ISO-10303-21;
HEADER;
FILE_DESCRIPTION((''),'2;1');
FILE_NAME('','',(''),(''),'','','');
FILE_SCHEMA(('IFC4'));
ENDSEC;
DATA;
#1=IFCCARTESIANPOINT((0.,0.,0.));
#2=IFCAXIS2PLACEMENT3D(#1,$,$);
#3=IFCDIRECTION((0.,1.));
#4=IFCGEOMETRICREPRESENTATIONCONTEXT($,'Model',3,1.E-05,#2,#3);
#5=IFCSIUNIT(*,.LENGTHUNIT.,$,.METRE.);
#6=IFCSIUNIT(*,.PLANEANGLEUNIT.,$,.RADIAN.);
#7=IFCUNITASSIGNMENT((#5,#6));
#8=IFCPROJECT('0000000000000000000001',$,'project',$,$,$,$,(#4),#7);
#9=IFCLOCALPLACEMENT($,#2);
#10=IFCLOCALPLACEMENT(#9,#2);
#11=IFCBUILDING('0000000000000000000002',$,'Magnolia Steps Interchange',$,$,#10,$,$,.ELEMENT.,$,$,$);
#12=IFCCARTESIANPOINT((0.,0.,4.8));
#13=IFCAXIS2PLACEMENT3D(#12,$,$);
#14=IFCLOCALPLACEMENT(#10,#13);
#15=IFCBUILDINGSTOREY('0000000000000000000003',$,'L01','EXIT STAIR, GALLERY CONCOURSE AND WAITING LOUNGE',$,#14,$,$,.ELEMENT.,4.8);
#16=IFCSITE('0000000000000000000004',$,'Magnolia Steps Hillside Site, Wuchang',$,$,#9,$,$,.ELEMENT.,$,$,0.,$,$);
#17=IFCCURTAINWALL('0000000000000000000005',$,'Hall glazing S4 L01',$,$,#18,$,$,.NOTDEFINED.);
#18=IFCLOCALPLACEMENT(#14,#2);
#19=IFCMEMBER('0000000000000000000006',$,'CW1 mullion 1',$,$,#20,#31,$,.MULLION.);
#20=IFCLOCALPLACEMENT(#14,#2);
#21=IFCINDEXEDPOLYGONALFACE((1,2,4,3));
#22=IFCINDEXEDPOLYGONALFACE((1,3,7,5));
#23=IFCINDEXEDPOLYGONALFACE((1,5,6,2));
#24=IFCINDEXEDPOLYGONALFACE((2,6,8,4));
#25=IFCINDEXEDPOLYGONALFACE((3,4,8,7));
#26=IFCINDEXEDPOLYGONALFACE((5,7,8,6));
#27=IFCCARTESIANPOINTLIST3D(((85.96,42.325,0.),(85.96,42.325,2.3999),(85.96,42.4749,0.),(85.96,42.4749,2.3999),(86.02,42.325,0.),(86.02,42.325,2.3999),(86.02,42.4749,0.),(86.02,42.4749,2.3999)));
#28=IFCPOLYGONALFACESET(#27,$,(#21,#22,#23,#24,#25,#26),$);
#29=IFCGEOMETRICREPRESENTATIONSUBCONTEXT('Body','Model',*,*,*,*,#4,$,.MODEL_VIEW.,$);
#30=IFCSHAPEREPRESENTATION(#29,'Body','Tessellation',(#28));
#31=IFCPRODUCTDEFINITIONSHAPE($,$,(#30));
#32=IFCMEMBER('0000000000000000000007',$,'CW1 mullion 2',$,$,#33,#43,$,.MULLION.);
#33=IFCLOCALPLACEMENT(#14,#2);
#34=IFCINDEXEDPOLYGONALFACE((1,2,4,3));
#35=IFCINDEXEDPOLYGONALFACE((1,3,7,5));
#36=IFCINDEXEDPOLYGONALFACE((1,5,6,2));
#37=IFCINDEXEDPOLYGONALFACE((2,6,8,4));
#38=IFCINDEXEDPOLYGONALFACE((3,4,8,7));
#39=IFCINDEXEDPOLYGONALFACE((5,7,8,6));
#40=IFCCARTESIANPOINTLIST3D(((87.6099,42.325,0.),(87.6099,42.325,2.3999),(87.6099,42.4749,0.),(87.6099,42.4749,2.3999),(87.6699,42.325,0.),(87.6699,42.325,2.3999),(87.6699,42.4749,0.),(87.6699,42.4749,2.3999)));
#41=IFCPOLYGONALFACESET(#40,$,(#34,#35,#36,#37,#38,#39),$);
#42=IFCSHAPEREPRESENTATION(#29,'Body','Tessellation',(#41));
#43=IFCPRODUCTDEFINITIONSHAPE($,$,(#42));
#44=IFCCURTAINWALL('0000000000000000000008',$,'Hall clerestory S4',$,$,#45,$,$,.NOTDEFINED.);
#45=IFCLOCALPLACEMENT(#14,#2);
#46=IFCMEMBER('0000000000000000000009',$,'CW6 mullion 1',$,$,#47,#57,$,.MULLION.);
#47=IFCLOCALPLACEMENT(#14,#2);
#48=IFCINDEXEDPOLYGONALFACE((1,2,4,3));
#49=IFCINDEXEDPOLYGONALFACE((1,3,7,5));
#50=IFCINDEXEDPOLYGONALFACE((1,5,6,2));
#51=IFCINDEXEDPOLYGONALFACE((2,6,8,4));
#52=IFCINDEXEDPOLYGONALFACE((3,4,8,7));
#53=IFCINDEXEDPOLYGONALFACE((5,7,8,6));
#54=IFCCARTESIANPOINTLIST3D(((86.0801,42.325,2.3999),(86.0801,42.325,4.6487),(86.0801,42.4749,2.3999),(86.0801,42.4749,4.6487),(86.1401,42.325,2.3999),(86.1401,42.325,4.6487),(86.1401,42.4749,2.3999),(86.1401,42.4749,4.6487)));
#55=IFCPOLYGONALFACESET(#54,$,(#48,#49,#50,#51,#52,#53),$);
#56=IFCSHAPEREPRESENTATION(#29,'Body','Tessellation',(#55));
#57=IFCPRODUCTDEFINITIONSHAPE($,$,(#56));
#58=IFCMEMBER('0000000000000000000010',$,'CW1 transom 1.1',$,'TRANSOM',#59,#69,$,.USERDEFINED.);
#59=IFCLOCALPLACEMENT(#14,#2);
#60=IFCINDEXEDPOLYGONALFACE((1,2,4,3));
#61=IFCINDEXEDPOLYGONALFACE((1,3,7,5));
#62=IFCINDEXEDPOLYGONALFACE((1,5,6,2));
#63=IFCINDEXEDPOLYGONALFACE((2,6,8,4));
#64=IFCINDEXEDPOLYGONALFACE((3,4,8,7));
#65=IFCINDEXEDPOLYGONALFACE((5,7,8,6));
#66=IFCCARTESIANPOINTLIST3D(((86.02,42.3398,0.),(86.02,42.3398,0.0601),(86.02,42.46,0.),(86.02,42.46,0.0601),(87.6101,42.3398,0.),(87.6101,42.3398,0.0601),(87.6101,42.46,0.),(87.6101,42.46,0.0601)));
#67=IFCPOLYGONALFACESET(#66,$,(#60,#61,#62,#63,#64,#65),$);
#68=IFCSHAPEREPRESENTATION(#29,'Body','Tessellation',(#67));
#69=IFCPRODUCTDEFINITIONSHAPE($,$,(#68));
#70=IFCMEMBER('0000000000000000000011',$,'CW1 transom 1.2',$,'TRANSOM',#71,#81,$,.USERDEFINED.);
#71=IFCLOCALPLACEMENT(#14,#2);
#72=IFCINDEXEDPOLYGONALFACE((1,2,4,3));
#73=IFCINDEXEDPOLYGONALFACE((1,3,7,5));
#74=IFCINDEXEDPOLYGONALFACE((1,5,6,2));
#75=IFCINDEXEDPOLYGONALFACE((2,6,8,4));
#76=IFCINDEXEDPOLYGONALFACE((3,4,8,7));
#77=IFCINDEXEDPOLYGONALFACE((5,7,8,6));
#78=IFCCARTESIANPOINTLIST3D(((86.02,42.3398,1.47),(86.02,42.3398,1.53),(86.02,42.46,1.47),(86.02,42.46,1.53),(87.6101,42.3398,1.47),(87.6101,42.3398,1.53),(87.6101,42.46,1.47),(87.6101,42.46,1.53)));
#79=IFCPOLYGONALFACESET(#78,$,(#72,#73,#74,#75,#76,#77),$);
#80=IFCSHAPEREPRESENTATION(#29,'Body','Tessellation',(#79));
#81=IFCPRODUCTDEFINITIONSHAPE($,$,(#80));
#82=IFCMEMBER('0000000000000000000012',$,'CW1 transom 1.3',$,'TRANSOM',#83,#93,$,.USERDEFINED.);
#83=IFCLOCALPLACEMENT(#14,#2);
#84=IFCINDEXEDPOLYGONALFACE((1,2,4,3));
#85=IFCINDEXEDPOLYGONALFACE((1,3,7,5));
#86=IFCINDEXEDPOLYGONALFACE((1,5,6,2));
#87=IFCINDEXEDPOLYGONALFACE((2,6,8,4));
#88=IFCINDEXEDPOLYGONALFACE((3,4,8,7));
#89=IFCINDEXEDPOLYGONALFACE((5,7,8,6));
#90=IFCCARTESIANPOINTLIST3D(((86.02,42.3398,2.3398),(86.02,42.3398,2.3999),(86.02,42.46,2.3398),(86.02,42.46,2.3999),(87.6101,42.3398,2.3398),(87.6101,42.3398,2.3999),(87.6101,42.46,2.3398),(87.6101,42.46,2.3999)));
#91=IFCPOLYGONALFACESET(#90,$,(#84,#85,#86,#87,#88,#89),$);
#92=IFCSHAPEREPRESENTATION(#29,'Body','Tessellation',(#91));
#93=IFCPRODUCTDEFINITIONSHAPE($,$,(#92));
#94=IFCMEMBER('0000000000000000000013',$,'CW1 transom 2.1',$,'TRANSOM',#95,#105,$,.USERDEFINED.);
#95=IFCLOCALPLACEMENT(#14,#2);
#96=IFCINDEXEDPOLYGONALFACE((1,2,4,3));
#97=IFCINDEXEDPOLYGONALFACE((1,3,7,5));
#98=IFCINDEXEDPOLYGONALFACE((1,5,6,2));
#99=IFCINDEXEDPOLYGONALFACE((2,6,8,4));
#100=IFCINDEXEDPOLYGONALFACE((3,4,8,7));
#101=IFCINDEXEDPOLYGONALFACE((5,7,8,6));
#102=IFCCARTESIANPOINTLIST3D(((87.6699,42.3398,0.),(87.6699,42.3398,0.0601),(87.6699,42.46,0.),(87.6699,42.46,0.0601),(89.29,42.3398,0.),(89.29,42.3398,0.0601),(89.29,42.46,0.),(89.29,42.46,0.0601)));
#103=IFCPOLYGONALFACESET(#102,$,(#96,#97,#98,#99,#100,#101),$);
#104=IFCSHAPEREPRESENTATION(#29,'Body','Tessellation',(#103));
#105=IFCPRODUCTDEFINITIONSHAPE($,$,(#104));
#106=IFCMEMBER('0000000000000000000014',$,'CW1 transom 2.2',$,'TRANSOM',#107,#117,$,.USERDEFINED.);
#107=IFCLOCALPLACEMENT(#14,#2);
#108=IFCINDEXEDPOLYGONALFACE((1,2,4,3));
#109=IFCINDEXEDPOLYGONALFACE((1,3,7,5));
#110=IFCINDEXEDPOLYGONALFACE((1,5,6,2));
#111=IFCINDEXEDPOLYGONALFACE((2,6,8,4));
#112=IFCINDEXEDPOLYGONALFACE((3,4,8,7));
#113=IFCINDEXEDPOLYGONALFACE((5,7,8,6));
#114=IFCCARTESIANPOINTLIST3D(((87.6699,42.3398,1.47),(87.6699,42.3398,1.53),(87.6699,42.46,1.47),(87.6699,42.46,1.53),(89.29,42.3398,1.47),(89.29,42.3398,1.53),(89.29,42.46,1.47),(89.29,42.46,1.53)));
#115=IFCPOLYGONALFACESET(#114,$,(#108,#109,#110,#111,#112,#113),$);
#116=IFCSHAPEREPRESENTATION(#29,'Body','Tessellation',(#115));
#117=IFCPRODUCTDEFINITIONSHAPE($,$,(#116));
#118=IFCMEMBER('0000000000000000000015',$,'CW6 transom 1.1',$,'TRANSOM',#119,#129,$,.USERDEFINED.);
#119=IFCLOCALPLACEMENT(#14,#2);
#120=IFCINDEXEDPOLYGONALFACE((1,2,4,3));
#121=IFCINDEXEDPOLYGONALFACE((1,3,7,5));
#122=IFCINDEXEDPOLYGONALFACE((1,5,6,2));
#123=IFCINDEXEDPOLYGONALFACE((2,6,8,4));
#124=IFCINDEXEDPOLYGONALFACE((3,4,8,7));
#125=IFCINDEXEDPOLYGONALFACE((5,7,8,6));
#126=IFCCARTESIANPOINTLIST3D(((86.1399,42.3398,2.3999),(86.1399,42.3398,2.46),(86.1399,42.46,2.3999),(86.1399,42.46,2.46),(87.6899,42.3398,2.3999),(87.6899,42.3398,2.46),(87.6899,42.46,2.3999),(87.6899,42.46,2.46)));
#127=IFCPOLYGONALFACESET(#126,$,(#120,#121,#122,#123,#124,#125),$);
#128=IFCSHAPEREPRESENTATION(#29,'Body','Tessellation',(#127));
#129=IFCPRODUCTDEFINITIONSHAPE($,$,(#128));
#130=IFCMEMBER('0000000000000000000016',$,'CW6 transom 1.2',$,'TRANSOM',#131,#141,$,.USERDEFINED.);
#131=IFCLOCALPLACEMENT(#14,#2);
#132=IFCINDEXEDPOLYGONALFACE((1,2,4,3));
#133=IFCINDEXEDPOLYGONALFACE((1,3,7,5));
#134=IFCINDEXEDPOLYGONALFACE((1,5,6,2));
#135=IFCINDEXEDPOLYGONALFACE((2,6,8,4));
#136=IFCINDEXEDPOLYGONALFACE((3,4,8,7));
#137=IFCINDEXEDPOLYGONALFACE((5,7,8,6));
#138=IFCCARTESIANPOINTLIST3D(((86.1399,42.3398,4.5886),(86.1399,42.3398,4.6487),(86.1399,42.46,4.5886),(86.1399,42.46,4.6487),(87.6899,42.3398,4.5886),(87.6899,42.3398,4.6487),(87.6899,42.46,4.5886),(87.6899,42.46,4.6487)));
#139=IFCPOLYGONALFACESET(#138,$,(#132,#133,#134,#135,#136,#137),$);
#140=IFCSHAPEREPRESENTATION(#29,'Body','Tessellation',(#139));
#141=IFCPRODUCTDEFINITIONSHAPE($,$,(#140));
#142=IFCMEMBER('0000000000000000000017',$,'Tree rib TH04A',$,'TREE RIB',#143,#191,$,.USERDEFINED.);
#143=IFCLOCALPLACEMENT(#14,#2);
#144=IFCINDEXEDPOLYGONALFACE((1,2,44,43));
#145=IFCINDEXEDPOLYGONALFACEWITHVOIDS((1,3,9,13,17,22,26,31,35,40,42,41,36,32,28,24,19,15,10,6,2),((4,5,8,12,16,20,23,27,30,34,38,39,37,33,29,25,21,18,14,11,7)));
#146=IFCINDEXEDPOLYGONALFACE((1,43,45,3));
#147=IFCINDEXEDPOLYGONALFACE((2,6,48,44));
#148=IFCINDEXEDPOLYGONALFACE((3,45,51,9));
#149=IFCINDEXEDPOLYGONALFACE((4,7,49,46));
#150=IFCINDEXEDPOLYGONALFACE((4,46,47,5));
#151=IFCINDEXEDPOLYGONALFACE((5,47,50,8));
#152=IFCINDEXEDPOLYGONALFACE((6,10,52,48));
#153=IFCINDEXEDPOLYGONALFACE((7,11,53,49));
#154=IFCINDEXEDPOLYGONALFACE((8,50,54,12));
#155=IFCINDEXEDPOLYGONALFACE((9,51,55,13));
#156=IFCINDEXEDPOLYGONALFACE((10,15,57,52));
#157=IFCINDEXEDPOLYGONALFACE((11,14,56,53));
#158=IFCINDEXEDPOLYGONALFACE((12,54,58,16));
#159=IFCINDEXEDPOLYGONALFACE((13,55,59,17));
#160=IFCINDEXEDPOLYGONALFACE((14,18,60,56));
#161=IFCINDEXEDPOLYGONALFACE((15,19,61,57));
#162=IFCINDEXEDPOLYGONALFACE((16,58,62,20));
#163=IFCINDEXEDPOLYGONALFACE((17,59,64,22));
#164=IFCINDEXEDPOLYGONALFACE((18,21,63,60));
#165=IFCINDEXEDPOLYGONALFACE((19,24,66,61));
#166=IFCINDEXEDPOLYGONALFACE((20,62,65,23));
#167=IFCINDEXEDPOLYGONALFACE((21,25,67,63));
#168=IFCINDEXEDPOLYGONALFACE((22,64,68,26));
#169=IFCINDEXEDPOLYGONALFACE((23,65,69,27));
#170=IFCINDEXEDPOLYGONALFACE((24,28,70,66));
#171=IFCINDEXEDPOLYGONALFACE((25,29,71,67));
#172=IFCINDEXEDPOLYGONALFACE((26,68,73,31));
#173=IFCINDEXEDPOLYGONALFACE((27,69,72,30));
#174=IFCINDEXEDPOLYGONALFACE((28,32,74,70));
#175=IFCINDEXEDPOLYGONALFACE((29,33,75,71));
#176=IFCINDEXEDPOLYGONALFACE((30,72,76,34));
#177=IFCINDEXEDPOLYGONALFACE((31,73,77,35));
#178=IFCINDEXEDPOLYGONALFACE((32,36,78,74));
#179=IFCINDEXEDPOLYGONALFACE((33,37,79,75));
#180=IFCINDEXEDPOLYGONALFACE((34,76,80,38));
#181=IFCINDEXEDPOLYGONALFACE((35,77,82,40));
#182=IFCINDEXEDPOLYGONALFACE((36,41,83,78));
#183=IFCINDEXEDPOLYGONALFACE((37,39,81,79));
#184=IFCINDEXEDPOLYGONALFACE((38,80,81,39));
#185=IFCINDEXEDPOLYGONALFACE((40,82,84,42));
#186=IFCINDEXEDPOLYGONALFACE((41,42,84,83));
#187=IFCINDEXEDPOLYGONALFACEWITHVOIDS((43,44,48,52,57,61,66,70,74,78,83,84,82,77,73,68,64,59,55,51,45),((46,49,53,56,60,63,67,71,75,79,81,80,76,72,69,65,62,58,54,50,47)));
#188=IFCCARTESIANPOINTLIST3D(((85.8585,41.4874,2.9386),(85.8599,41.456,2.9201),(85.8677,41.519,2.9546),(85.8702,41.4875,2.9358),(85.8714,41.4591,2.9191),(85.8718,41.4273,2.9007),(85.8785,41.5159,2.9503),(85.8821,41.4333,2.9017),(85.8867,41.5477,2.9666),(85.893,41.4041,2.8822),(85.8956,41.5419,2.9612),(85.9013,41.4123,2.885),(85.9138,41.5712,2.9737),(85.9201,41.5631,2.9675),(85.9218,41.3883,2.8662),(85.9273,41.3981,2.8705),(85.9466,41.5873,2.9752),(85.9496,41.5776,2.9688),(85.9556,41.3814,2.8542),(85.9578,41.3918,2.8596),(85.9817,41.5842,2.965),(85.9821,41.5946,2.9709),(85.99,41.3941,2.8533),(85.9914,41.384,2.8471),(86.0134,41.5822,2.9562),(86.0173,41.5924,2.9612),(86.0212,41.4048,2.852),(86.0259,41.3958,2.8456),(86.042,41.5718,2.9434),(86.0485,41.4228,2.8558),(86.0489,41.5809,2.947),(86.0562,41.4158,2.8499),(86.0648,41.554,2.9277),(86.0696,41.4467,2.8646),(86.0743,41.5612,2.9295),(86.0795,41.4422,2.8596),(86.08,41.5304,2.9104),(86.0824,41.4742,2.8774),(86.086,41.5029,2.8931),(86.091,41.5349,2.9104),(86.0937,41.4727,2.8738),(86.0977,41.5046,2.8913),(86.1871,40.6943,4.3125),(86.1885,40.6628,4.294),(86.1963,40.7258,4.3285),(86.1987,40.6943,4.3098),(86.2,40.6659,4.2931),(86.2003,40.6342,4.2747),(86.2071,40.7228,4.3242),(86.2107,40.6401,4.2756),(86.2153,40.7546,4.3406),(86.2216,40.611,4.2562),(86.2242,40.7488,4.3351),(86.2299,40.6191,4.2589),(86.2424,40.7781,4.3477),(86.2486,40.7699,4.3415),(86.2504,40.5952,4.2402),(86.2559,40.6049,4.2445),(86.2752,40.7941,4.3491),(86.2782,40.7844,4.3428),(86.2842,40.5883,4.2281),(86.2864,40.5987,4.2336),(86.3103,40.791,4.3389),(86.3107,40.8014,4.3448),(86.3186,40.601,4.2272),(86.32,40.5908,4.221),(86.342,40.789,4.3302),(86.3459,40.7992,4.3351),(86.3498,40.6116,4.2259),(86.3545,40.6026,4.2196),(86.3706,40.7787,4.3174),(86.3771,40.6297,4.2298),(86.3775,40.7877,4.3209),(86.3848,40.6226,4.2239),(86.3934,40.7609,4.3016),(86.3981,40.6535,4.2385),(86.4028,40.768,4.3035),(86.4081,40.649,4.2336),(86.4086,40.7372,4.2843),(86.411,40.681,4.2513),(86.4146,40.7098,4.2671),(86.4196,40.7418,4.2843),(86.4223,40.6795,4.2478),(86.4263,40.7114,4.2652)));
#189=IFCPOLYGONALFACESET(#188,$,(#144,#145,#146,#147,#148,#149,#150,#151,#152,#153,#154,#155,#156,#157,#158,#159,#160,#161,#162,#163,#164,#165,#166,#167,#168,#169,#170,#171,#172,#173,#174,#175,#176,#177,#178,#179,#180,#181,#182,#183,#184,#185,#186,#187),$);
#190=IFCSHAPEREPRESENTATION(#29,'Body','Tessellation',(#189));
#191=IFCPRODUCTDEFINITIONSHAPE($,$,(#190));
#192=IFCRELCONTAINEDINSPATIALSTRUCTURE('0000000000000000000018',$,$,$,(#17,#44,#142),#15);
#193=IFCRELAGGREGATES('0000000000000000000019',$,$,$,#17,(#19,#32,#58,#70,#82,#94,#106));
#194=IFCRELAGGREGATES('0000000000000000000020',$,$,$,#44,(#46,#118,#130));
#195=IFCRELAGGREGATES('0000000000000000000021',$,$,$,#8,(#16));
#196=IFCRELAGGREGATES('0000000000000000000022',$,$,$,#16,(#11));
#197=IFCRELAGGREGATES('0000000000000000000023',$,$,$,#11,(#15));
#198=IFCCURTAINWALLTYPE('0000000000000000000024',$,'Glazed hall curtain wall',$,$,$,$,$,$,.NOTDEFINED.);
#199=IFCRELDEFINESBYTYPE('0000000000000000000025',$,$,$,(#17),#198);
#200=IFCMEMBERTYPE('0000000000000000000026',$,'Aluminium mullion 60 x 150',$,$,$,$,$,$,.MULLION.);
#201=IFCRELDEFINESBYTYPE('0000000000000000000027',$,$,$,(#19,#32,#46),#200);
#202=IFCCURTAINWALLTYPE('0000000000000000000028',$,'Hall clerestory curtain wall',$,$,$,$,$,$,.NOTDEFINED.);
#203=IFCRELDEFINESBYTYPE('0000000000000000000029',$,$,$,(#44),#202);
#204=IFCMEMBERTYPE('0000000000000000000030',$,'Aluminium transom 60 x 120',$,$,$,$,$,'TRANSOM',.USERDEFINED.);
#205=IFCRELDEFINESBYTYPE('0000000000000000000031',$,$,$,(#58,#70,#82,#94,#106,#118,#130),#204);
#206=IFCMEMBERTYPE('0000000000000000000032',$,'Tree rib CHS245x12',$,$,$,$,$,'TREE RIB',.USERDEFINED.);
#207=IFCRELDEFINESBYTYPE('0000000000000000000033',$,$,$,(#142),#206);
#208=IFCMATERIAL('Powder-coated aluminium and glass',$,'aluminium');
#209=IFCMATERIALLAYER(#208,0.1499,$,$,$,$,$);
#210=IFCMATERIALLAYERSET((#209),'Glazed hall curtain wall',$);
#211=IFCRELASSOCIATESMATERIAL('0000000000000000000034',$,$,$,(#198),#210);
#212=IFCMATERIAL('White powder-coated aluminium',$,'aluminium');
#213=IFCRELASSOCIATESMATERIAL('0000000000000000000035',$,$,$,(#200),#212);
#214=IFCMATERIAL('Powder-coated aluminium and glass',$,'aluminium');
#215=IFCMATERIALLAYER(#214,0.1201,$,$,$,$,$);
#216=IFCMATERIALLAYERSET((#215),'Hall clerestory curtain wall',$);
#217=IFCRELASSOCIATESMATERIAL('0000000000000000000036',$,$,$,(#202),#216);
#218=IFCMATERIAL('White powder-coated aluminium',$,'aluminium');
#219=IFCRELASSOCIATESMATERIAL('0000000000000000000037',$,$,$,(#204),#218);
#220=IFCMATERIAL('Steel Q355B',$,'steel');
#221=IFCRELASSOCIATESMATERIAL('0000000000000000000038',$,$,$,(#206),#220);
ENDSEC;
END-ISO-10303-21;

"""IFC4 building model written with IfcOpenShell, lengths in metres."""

from ifc_helpers import new_model, si_unit, direction, frame, origin, origin_2d, place, context, subcontext, project, spatial, rectangle, hollow_circle, extrude, material, layer, layer_set, material_profile, profile_set, type_object, element, aggregate, save


model = new_model("IFC4")

# Units and contexts
model_context = context("Model", 3, precision=1e-05, world=origin(), true_north=direction((0.0, 1.0)))
body_context = subcontext(model_context, "Body", "Model", "MODEL_VIEW")
ifc_project = project(units=[si_unit("LENGTHUNIT", "METRE"), si_unit("PLANEANGLEUNIT", "RADIAN")], contexts=[model_context])

# Site, building, storey
site_placement = place(None, origin())
site = spatial("IfcSite", under=ifc_project, at=site_placement, Name="Magnolia Steps Hillside Site, Wuchang", CompositionType="ELEMENT", RefElevation=0.0)
building_placement = place(site_placement, origin())
building = spatial("IfcBuilding", under=site, at=building_placement, Name="Magnolia Steps Interchange", CompositionType="ELEMENT")
storey_placement = place(building_placement, frame((0.0, 0.0, 4.8)))
storey = spatial("IfcBuildingStorey", under=building, at=storey_placement, Name="L01", Description="EXIT STAIR, GALLERY CONCOURSE AND WAITING LOUNGE", CompositionType="ELEMENT", Elevation=4.8)

# Curtain wall, members
ifc_material_1 = material(Name="Powder-coated aluminium and glass", Category="aluminium")
ifc_layer_1 = layer(ifc_material_1, 0.1499)
ifc_layer_set_1 = layer_set([ifc_layer_1], Name="Glazed hall curtain wall")
curtain_wall_type_1 = type_object("IfcCurtainWallType", Name="Glazed hall curtain wall", PredefinedType="NOTDEFINED", material=ifc_layer_set_1)
curtain_wall_1_placement = place(storey_placement, origin())
curtain_wall_1 = element("IfcCurtainWall", 1, at=curtain_wall_1_placement, inside=storey, type_object=curtain_wall_type_1, Name="Hall glazing S4 L01", PredefinedType="NOTDEFINED")
ifc_material_2 = material(Name="White powder-coated aluminium", Category="aluminium")
ifc_material_profile_1 = material_profile(ifc_material_2, rectangle(XDim=0.0601, YDim=0.1499, at=origin_2d()), Name="Aluminium mullion 60 x 150")
ifc_profile_set_1 = profile_set([ifc_material_profile_1], Name="White powder-coated aluminium")
member_type_1 = type_object("IfcMemberType", Name="Aluminium mullion 60 x 150", PredefinedType="MULLION", material=ifc_profile_set_1)
member_1_placement = place(storey_placement, frame((85.99, 42.3999, 0.0), z_axis=(0.0, 0.0, 1.0), x_axis=(1.0, 0.0, 0.0)))
member_1 = element("IfcMember", 2, at=member_1_placement, type_object=member_type_1, Name="CW1 mullion 1", PredefinedType="MULLION", context=body_context, shape_type="SweptSolid", body=[
    extrude(rectangle(XDim=0.0601, YDim=0.1499, at=origin_2d()), origin(), (0.0, 0.0, 1.0), 2.3999),
])
member_2_placement = place(storey_placement, frame((87.6399, 42.3999, 0.0), z_axis=(0.0, 0.0, 1.0), x_axis=(1.0, 0.0, 0.0)))
member_2 = element("IfcMember", 3, at=member_2_placement, type_object=member_type_1, Name="CW1 mullion 2", PredefinedType="MULLION", context=body_context, shape_type="SweptSolid", body=[
    extrude(rectangle(XDim=0.0601, YDim=0.1499, at=origin_2d()), origin(), (0.0, 0.0, 1.0), 2.3999),
])

# Curtain wall, member
ifc_material_3 = material(Name="Powder-coated aluminium and glass", Category="aluminium")
ifc_layer_2 = layer(ifc_material_3, 0.1201)
ifc_layer_set_2 = layer_set([ifc_layer_2], Name="Hall clerestory curtain wall")
curtain_wall_type_2 = type_object("IfcCurtainWallType", Name="Hall clerestory curtain wall", PredefinedType="NOTDEFINED", material=ifc_layer_set_2)
curtain_wall_2_placement = place(storey_placement, origin())
curtain_wall_2 = element("IfcCurtainWall", 4, at=curtain_wall_2_placement, inside=storey, type_object=curtain_wall_type_2, Name="Hall clerestory S4", PredefinedType="NOTDEFINED")
member_3_placement = place(storey_placement, frame((86.1101, 42.3999, 2.3999), z_axis=(0.0, 0.0, 1.0), x_axis=(1.0, 0.0, 0.0)))
member_3 = element("IfcMember", 5, at=member_3_placement, type_object=member_type_1, Name="CW6 mullion 1", PredefinedType="MULLION", context=body_context, shape_type="SweptSolid", body=[
    extrude(rectangle(XDim=0.0601, YDim=0.1499, at=origin_2d()), origin(), (0.0, 0.0, 1.0), 2.2488),
])

# Members
ifc_material_4 = material(Name="White powder-coated aluminium", Category="aluminium")
ifc_material_profile_2 = material_profile(ifc_material_4, rectangle(XDim=0.0601, YDim=0.1201, at=origin_2d()), Name="Aluminium transom 60 x 120")
ifc_profile_set_2 = profile_set([ifc_material_profile_2], Name="White powder-coated aluminium")
member_type_2 = type_object("IfcMemberType", Name="Aluminium transom 60 x 120", ElementType="TRANSOM", PredefinedType="USERDEFINED", material=ifc_profile_set_2)
member_4_placement = place(storey_placement, frame((86.02, 42.3999, 0.03), z_axis=(1.0, 0.0, 0.0), x_axis=(0.0, 0.0, 1.0)))
member_4 = element("IfcMember", 6, at=member_4_placement, type_object=member_type_2, Name="CW1 transom 1.1", ObjectType="TRANSOM", PredefinedType="USERDEFINED", context=body_context, shape_type="SweptSolid", body=[
    extrude(rectangle(XDim=0.0601, YDim=0.1201, at=origin_2d()), origin(), (0.0, 0.0, 1.0), 1.5901),
])
member_5_placement = place(storey_placement, frame((86.02, 42.3999, 1.5), z_axis=(1.0, 0.0, 0.0), x_axis=(0.0, 0.0, 1.0)))
member_5 = element("IfcMember", 7, at=member_5_placement, type_object=member_type_2, Name="CW1 transom 1.2", ObjectType="TRANSOM", PredefinedType="USERDEFINED", context=body_context, shape_type="SweptSolid", body=[
    extrude(rectangle(XDim=0.0601, YDim=0.1201, at=origin_2d()), origin(), (0.0, 0.0, 1.0), 1.5901),
])
member_6_placement = place(storey_placement, frame((86.02, 42.3999, 2.3699), z_axis=(1.0, 0.0, 0.0), x_axis=(0.0, 0.0, 1.0)))
member_6 = element("IfcMember", 8, at=member_6_placement, type_object=member_type_2, Name="CW1 transom 1.3", ObjectType="TRANSOM", PredefinedType="USERDEFINED", context=body_context, shape_type="SweptSolid", body=[
    extrude(rectangle(XDim=0.0601, YDim=0.1201, at=origin_2d()), origin(), (0.0, 0.0, 1.0), 1.5901),
])
member_7_placement = place(storey_placement, frame((87.6699, 42.3999, 0.03), z_axis=(1.0, 0.0, 0.0), x_axis=(0.0, 0.0, 1.0)))
member_7 = element("IfcMember", 9, at=member_7_placement, type_object=member_type_2, Name="CW1 transom 2.1", ObjectType="TRANSOM", PredefinedType="USERDEFINED", context=body_context, shape_type="SweptSolid", body=[
    extrude(rectangle(XDim=0.0601, YDim=0.1201, at=origin_2d()), origin(), (0.0, 0.0, 1.0), 1.6201),
])
member_8_placement = place(storey_placement, frame((87.6699, 42.3999, 1.5), z_axis=(1.0, 0.0, 0.0), x_axis=(0.0, 0.0, 1.0)))
member_8 = element("IfcMember", 10, at=member_8_placement, type_object=member_type_2, Name="CW1 transom 2.2", ObjectType="TRANSOM", PredefinedType="USERDEFINED", context=body_context, shape_type="SweptSolid", body=[
    extrude(rectangle(XDim=0.0601, YDim=0.1201, at=origin_2d()), origin(), (0.0, 0.0, 1.0), 1.6201),
])
member_9_placement = place(storey_placement, frame((86.1399, 42.3999, 2.4299), z_axis=(1.0, 0.0, 0.0), x_axis=(0.0, 0.0, 1.0)))
member_9 = element("IfcMember", 11, at=member_9_placement, type_object=member_type_2, Name="CW6 transom 1.1", ObjectType="TRANSOM", PredefinedType="USERDEFINED", context=body_context, shape_type="SweptSolid", body=[
    extrude(rectangle(XDim=0.0601, YDim=0.1201, at=origin_2d()), origin(), (0.0, 0.0, 1.0), 1.55),
])
member_10_placement = place(storey_placement, frame((86.1399, 42.3999, 4.6187), z_axis=(1.0, 0.0, 0.0), x_axis=(0.0, 0.0, 1.0)))
member_10 = element("IfcMember", 12, at=member_10_placement, type_object=member_type_2, Name="CW6 transom 1.2", ObjectType="TRANSOM", PredefinedType="USERDEFINED", context=body_context, shape_type="SweptSolid", body=[
    extrude(rectangle(XDim=0.0601, YDim=0.1201, at=origin_2d()), origin(), (0.0, 0.0, 1.0), 1.55),
])

# Member
ifc_material_5 = material(Name="Steel Q355B", Category="steel")
ifc_material_profile_3 = material_profile(ifc_material_5, hollow_circle(Radius=0.1226, WallThickness=0.012, at=origin_2d()), Name="CHS245x12")
ifc_profile_set_3 = profile_set([ifc_material_profile_3], Name="Steel Q355B")
member_type_3 = type_object("IfcMemberType", Name="Tree rib CHS245x12", ElementType="TREE RIB", PredefinedType="USERDEFINED", material=ifc_profile_set_3)
member_11_placement = place(storey_placement, frame((85.9778, 41.488, 2.9104), z_axis=(0.20282, -0.489571, 0.848047), x_axis=(0.923857, 0.382737, 0.0)))
element("IfcMember", 13, at=member_11_placement, inside=storey, type_object=member_type_3, Name="Tree rib TH04A", ObjectType="TREE RIB", PredefinedType="USERDEFINED", context=body_context, shape_type="SweptSolid", body=[
    extrude(hollow_circle(Radius=0.1226, WallThickness=0.012, at=origin_2d()), origin(), (0.0, 0.0, 1.0), 1.6201),
])

aggregate(curtain_wall_1, [member_1, member_2, member_4, member_5, member_6, member_7, member_8])
aggregate(curtain_wall_2, [member_3, member_9, member_10])

save(model, "model.ifc")
